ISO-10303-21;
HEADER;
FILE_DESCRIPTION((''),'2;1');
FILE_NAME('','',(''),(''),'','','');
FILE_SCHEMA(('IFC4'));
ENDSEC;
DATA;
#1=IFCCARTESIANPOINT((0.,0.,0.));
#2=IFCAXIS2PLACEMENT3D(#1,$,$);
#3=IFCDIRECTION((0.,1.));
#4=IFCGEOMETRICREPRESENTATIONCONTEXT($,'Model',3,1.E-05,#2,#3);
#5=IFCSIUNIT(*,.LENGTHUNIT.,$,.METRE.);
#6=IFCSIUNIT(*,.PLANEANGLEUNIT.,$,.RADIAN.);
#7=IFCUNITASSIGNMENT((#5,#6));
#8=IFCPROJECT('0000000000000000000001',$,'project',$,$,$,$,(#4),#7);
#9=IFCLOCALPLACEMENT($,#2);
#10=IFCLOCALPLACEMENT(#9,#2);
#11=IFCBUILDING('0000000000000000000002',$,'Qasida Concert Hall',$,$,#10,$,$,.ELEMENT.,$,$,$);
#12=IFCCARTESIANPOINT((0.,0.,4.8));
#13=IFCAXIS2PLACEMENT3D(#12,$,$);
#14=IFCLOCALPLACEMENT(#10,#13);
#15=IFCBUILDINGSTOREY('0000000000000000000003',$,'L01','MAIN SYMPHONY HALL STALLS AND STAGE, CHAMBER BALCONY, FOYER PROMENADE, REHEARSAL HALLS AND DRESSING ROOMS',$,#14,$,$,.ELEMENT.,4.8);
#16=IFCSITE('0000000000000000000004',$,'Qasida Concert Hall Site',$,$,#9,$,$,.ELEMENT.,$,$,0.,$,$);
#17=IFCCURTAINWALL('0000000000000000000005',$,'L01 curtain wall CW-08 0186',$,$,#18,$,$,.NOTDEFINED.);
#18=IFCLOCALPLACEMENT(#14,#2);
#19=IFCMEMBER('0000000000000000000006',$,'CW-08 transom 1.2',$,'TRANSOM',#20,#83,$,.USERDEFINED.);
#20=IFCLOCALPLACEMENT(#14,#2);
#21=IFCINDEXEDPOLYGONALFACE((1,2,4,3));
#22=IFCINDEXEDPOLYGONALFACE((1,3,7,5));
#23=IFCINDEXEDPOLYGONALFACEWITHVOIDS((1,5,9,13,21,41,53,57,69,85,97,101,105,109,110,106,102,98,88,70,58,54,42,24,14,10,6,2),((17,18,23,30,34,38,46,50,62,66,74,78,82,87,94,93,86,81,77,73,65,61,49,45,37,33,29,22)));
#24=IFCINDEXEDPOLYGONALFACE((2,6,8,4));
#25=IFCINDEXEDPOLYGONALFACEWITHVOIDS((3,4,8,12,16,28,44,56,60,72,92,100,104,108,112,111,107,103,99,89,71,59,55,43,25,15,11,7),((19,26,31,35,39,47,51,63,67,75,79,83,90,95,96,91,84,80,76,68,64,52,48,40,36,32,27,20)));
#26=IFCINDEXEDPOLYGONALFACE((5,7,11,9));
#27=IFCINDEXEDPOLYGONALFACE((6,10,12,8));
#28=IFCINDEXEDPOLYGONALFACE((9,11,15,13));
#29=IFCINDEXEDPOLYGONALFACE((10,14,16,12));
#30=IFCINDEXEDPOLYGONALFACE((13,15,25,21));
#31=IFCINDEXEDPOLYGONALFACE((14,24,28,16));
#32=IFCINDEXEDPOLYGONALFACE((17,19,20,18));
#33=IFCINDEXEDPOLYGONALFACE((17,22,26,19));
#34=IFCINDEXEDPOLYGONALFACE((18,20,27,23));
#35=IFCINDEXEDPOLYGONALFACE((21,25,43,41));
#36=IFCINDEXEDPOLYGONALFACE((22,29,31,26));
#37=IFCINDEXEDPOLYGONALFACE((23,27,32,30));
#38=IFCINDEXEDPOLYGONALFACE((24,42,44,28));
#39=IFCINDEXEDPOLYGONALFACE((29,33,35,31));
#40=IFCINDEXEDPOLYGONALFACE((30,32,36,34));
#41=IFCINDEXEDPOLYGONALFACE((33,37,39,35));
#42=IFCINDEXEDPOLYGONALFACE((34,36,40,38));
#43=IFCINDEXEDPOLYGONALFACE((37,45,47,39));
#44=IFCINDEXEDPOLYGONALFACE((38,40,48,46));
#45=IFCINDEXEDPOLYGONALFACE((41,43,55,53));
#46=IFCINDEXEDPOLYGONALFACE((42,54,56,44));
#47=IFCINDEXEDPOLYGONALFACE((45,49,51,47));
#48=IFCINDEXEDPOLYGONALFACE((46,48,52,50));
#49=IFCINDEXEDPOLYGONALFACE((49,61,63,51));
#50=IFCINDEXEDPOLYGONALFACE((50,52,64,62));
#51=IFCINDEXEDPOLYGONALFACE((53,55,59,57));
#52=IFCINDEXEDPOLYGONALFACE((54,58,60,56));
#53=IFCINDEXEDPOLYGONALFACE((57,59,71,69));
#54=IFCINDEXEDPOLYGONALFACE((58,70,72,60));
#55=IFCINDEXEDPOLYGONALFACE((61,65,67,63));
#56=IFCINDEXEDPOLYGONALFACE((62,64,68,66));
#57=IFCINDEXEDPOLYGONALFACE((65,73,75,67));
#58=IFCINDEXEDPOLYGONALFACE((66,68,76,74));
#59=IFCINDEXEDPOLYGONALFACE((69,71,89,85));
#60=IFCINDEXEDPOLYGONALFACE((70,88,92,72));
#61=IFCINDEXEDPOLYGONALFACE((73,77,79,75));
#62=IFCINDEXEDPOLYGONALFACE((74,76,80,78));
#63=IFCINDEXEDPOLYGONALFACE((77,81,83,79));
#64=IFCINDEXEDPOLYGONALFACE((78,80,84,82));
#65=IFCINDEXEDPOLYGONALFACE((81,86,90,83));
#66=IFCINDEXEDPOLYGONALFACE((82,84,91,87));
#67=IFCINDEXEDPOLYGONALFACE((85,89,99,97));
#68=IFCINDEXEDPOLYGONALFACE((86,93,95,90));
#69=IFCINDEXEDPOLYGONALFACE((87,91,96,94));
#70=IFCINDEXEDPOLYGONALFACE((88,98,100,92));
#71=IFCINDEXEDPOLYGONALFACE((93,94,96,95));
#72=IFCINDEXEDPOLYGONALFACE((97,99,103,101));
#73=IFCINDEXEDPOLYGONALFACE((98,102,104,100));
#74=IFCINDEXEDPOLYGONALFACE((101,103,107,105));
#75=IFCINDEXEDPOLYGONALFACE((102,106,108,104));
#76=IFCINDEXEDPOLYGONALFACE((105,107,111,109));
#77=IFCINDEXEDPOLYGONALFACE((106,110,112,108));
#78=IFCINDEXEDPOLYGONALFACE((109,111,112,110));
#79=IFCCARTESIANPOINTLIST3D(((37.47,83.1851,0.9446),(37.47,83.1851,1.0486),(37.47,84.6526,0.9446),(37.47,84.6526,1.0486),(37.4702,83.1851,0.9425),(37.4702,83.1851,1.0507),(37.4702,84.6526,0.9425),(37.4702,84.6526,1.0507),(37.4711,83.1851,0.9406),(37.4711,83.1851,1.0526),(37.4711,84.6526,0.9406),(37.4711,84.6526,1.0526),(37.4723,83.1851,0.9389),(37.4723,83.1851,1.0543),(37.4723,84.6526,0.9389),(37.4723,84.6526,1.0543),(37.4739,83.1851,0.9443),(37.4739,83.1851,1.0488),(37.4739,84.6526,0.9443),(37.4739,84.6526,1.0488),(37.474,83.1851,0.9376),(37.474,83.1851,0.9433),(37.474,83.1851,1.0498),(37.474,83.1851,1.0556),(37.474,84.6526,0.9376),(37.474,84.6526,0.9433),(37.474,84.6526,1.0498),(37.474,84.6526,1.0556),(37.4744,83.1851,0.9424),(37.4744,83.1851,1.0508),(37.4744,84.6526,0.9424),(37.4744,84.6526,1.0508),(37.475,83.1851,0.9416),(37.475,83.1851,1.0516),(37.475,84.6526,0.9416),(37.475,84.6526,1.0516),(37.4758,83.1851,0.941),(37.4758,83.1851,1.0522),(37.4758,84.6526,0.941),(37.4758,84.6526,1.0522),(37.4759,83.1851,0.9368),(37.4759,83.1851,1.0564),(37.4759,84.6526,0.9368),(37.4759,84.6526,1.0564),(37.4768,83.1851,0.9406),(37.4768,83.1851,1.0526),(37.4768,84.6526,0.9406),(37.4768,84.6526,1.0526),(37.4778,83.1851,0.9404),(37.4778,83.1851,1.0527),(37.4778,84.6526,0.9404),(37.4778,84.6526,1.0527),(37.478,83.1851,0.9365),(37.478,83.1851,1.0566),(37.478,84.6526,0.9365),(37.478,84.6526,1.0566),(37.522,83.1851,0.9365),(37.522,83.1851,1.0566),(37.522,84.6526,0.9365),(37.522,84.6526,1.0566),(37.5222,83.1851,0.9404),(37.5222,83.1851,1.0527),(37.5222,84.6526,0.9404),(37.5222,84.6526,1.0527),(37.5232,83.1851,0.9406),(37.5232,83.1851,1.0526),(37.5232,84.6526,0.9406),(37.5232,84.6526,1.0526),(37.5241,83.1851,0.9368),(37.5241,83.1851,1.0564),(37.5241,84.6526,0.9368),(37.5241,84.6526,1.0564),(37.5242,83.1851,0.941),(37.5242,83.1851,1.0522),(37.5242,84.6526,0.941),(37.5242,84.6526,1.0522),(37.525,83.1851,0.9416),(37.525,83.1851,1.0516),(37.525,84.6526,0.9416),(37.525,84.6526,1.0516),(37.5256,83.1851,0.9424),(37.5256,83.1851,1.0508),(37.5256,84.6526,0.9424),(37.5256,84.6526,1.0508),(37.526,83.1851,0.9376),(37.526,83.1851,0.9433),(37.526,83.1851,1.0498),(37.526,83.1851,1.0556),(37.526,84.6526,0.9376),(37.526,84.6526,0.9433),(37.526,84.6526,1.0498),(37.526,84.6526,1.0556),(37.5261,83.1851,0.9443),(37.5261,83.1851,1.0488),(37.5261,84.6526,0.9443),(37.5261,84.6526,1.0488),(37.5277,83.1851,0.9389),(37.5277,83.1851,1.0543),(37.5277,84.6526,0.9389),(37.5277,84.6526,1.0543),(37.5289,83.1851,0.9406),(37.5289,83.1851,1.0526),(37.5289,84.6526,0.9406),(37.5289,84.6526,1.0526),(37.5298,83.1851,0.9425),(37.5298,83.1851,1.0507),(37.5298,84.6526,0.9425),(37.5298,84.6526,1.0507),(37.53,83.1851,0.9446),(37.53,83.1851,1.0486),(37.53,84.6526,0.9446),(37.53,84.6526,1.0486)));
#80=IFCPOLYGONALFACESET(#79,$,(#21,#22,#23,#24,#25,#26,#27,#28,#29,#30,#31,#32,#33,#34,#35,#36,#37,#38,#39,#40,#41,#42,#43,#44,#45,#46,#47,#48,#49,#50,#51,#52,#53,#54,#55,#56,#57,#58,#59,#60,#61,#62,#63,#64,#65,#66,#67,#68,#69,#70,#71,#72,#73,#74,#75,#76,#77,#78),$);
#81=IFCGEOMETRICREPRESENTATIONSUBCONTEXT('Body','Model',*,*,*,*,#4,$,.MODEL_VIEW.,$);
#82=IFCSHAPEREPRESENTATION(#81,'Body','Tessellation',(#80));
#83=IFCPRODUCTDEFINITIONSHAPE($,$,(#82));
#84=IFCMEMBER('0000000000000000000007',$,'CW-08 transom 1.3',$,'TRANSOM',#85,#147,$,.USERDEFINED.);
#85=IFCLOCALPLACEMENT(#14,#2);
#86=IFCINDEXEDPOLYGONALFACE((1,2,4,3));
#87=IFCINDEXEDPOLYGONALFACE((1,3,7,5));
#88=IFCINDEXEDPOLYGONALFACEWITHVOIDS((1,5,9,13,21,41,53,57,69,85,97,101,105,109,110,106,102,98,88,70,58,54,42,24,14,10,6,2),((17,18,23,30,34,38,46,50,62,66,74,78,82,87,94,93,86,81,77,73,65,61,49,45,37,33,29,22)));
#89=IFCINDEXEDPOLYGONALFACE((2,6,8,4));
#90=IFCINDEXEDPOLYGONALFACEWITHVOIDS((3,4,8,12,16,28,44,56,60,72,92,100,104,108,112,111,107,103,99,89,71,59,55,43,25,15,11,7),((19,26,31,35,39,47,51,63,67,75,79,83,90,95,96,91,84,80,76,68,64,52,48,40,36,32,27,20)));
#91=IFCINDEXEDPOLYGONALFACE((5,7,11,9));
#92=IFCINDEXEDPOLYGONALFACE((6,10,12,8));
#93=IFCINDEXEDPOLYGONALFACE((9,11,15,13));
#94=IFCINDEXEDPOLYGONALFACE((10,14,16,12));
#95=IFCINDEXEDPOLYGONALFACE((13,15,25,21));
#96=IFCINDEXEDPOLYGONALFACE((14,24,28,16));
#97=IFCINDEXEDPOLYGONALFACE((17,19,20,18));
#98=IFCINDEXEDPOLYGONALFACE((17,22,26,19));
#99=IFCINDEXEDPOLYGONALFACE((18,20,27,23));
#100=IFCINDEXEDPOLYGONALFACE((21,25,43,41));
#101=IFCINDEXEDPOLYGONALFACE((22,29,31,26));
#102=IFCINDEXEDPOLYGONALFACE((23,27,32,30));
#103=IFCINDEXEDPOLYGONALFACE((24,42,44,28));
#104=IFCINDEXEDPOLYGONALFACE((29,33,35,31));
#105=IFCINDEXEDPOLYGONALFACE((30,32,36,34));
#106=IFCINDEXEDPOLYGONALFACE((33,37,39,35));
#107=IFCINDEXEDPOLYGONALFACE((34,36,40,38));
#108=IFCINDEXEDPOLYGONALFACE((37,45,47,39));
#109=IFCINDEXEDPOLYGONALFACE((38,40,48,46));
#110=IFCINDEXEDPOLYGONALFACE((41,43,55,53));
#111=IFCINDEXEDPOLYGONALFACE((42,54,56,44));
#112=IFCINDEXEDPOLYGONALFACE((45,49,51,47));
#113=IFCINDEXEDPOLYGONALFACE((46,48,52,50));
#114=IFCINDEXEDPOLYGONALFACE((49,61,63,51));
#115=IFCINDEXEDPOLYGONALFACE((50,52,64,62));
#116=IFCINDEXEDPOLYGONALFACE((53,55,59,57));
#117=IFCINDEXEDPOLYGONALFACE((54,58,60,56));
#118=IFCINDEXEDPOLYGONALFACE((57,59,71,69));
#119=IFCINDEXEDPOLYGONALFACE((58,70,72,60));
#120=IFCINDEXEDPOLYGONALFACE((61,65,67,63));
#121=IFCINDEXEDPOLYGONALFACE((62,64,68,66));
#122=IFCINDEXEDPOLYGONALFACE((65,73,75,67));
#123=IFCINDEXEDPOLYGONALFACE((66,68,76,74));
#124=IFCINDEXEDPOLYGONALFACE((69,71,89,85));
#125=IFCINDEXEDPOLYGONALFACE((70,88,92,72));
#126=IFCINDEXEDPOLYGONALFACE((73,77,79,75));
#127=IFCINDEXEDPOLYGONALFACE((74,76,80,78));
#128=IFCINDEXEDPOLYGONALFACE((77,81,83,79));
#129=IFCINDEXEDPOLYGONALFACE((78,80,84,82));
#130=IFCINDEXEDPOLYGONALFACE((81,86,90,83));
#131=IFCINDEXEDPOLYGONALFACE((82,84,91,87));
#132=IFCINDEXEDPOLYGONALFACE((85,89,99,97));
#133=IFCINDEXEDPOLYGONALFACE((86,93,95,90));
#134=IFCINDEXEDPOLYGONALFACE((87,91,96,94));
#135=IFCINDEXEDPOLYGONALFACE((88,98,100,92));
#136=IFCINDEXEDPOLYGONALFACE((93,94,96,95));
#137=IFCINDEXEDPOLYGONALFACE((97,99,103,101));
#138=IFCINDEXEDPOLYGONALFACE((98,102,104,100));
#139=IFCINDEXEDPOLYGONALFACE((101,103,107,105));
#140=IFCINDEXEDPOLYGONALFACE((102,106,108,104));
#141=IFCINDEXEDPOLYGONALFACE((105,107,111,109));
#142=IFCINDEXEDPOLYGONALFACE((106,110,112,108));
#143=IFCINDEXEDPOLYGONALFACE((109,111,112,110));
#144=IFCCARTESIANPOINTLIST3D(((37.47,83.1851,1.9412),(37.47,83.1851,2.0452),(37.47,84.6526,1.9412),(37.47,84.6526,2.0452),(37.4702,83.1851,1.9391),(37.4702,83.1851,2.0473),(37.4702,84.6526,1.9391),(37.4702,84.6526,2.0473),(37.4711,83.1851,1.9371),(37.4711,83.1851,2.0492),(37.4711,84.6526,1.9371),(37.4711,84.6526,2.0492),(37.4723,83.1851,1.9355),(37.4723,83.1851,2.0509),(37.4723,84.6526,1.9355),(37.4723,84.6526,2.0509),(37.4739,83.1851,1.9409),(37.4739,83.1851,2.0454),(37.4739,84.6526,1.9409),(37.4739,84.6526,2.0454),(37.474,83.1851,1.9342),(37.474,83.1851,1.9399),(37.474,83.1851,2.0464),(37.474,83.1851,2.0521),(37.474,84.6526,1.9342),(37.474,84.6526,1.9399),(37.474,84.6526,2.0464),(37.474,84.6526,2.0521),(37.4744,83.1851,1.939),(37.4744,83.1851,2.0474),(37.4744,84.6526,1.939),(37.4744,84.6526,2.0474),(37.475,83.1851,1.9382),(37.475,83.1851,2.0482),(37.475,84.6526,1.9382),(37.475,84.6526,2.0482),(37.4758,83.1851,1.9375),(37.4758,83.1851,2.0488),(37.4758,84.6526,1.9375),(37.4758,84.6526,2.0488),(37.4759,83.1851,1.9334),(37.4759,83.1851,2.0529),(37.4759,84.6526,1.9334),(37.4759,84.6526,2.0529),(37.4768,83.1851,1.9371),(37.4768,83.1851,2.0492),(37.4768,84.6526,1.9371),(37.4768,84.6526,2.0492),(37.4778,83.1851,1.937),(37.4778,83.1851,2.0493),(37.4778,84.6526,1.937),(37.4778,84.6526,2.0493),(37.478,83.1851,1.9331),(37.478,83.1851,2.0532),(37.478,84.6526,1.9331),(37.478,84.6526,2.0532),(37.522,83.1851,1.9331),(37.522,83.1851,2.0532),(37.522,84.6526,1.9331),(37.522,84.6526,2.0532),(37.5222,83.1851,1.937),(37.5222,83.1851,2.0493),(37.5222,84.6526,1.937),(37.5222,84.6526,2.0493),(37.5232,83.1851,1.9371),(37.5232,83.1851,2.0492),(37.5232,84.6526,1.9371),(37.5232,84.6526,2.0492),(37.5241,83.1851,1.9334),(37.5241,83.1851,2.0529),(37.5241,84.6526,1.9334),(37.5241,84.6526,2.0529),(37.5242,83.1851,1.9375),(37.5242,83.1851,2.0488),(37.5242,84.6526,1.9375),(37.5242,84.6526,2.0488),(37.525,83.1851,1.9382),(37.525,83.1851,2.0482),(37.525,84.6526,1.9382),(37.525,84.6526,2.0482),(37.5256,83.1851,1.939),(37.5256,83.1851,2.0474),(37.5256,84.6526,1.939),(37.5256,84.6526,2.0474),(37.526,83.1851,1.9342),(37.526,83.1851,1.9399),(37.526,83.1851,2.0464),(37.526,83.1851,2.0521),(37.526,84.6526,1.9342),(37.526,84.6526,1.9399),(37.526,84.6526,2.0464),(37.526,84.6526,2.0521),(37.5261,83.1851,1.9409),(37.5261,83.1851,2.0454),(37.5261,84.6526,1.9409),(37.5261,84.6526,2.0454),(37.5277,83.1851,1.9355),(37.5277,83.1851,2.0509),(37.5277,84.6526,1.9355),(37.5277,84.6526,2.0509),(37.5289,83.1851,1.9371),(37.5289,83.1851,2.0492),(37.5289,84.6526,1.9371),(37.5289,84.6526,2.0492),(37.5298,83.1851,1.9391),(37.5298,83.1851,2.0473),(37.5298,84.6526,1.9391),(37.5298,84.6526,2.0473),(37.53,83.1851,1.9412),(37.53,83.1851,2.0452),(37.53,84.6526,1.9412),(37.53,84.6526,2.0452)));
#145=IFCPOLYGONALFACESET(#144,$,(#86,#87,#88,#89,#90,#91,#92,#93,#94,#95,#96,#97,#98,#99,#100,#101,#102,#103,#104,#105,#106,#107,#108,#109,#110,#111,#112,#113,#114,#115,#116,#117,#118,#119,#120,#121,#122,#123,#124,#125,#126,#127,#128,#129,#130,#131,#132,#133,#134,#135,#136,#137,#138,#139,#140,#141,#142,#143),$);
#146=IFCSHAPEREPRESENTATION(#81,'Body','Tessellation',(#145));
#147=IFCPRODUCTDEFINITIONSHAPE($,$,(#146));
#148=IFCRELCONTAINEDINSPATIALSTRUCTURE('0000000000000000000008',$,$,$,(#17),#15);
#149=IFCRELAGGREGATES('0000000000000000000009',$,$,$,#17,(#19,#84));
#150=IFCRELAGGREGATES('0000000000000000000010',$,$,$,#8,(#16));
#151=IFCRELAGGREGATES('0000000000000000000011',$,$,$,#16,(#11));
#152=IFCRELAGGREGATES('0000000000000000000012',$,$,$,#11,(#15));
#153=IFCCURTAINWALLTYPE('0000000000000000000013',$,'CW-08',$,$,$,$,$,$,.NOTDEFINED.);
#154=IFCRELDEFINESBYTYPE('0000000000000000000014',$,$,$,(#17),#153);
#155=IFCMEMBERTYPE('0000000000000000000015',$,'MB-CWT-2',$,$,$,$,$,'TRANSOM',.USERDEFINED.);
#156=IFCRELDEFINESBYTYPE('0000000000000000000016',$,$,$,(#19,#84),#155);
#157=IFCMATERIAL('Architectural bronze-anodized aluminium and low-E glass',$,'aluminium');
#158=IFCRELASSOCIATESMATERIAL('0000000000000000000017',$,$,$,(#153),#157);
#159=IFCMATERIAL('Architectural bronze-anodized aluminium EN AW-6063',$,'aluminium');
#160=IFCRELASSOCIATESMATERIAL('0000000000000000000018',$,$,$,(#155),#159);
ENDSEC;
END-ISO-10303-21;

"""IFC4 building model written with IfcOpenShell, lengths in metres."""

from ifc_helpers import new_model, si_unit, direction, frame, origin, origin_2d, place, context, subcontext, project, spatial, hollow_rectangle, extrude, material, material_profile, profile_set, type_object, element, aggregate, save


model = new_model("IFC4")

# Units and contexts
model_context = context("Model", 3, precision=1e-05, world=origin(), true_north=direction((0.0, 1.0)))
body_context = subcontext(model_context, "Body", "Model", "MODEL_VIEW")
ifc_project = project(units=[si_unit("LENGTHUNIT", "METRE"), si_unit("PLANEANGLEUNIT", "RADIAN")], contexts=[model_context])

# Site, building, storey
site_placement = place(None, origin())
site = spatial("IfcSite", under=ifc_project, at=site_placement, Name="Qasida Concert Hall Site", CompositionType="ELEMENT", RefElevation=0.0)
building_placement = place(site_placement, origin())
building = spatial("IfcBuilding", under=site, at=building_placement, Name="Qasida Concert Hall", CompositionType="ELEMENT")
storey_placement = place(building_placement, frame((0.0, 0.0, 4.8)))
storey = spatial("IfcBuildingStorey", under=building, at=storey_placement, Name="L01", Description="MAIN SYMPHONY HALL STALLS AND STAGE, CHAMBER BALCONY, FOYER PROMENADE, REHEARSAL HALLS AND DRESSING ROOMS", CompositionType="ELEMENT", Elevation=4.8)

# Curtain wall, members
ifc_material_1 = material(Name="Architectural bronze-anodized aluminium and low-E glass", Category="aluminium")
curtain_wall_type = type_object("IfcCurtainWallType", Name="CW-08", PredefinedType="NOTDEFINED", material=ifc_material_1)
curtain_wall_placement = place(storey_placement, origin())
curtain_wall = element("IfcCurtainWall", 1, at=curtain_wall_placement, inside=storey, type_object=curtain_wall_type, Name="L01 curtain wall CW-08 0186", PredefinedType="NOTDEFINED")
ifc_material_2 = material(Name="Architectural bronze-anodized aluminium EN AW-6063", Category="aluminium")
ifc_material_profile_1 = material_profile(ifc_material_2, hollow_rectangle(XDim=0.0601, YDim=0.1201, WallThickness=0.0039, InnerFilletRadius=0.0039, OuterFilletRadius=0.0081, at=origin_2d()), Name="CWT 120x60x4")
ifc_profile_set_1 = profile_set([ifc_material_profile_1], Name="Architectural bronze-anodized aluminium EN AW-6063")
member_type_1 = type_object("IfcMemberType", Name="MB-CWT-2", ElementType="TRANSOM", PredefinedType="USERDEFINED", material=ifc_profile_set_1)
member_1_placement = place(storey_placement, frame((37.5, 83.1851, 0.9966), z_axis=(0.0, 1.0, 0.0), x_axis=(-1.0, 0.0, 0.0)))
member_1 = element("IfcMember", 2, at=member_1_placement, type_object=member_type_1, Name="CW-08 transom 1.2", ObjectType="TRANSOM", PredefinedType="USERDEFINED", context=body_context, shape_type="SweptSolid", body=[
    extrude(hollow_rectangle(XDim=0.0601, YDim=0.1201, WallThickness=0.0039, InnerFilletRadius=0.0039, OuterFilletRadius=0.0081, at=origin_2d()), origin(), (0.0, 0.0, 1.0), 1.4675),
])
member_2_placement = place(storey_placement, frame((37.5, 83.1851, 1.9932), z_axis=(0.0, 1.0, 0.0), x_axis=(-1.0, 0.0, 0.0)))
member_2 = element("IfcMember", 3, at=member_2_placement, type_object=member_type_1, Name="CW-08 transom 1.3", ObjectType="TRANSOM", PredefinedType="USERDEFINED", context=body_context, shape_type="SweptSolid", body=[
    extrude(hollow_rectangle(XDim=0.0601, YDim=0.1201, WallThickness=0.0039, InnerFilletRadius=0.0039, OuterFilletRadius=0.0081, at=origin_2d()), origin(), (0.0, 0.0, 1.0), 1.4675),
])
aggregate(curtain_wall, [member_1, member_2])

save(model, "model.ifc")
